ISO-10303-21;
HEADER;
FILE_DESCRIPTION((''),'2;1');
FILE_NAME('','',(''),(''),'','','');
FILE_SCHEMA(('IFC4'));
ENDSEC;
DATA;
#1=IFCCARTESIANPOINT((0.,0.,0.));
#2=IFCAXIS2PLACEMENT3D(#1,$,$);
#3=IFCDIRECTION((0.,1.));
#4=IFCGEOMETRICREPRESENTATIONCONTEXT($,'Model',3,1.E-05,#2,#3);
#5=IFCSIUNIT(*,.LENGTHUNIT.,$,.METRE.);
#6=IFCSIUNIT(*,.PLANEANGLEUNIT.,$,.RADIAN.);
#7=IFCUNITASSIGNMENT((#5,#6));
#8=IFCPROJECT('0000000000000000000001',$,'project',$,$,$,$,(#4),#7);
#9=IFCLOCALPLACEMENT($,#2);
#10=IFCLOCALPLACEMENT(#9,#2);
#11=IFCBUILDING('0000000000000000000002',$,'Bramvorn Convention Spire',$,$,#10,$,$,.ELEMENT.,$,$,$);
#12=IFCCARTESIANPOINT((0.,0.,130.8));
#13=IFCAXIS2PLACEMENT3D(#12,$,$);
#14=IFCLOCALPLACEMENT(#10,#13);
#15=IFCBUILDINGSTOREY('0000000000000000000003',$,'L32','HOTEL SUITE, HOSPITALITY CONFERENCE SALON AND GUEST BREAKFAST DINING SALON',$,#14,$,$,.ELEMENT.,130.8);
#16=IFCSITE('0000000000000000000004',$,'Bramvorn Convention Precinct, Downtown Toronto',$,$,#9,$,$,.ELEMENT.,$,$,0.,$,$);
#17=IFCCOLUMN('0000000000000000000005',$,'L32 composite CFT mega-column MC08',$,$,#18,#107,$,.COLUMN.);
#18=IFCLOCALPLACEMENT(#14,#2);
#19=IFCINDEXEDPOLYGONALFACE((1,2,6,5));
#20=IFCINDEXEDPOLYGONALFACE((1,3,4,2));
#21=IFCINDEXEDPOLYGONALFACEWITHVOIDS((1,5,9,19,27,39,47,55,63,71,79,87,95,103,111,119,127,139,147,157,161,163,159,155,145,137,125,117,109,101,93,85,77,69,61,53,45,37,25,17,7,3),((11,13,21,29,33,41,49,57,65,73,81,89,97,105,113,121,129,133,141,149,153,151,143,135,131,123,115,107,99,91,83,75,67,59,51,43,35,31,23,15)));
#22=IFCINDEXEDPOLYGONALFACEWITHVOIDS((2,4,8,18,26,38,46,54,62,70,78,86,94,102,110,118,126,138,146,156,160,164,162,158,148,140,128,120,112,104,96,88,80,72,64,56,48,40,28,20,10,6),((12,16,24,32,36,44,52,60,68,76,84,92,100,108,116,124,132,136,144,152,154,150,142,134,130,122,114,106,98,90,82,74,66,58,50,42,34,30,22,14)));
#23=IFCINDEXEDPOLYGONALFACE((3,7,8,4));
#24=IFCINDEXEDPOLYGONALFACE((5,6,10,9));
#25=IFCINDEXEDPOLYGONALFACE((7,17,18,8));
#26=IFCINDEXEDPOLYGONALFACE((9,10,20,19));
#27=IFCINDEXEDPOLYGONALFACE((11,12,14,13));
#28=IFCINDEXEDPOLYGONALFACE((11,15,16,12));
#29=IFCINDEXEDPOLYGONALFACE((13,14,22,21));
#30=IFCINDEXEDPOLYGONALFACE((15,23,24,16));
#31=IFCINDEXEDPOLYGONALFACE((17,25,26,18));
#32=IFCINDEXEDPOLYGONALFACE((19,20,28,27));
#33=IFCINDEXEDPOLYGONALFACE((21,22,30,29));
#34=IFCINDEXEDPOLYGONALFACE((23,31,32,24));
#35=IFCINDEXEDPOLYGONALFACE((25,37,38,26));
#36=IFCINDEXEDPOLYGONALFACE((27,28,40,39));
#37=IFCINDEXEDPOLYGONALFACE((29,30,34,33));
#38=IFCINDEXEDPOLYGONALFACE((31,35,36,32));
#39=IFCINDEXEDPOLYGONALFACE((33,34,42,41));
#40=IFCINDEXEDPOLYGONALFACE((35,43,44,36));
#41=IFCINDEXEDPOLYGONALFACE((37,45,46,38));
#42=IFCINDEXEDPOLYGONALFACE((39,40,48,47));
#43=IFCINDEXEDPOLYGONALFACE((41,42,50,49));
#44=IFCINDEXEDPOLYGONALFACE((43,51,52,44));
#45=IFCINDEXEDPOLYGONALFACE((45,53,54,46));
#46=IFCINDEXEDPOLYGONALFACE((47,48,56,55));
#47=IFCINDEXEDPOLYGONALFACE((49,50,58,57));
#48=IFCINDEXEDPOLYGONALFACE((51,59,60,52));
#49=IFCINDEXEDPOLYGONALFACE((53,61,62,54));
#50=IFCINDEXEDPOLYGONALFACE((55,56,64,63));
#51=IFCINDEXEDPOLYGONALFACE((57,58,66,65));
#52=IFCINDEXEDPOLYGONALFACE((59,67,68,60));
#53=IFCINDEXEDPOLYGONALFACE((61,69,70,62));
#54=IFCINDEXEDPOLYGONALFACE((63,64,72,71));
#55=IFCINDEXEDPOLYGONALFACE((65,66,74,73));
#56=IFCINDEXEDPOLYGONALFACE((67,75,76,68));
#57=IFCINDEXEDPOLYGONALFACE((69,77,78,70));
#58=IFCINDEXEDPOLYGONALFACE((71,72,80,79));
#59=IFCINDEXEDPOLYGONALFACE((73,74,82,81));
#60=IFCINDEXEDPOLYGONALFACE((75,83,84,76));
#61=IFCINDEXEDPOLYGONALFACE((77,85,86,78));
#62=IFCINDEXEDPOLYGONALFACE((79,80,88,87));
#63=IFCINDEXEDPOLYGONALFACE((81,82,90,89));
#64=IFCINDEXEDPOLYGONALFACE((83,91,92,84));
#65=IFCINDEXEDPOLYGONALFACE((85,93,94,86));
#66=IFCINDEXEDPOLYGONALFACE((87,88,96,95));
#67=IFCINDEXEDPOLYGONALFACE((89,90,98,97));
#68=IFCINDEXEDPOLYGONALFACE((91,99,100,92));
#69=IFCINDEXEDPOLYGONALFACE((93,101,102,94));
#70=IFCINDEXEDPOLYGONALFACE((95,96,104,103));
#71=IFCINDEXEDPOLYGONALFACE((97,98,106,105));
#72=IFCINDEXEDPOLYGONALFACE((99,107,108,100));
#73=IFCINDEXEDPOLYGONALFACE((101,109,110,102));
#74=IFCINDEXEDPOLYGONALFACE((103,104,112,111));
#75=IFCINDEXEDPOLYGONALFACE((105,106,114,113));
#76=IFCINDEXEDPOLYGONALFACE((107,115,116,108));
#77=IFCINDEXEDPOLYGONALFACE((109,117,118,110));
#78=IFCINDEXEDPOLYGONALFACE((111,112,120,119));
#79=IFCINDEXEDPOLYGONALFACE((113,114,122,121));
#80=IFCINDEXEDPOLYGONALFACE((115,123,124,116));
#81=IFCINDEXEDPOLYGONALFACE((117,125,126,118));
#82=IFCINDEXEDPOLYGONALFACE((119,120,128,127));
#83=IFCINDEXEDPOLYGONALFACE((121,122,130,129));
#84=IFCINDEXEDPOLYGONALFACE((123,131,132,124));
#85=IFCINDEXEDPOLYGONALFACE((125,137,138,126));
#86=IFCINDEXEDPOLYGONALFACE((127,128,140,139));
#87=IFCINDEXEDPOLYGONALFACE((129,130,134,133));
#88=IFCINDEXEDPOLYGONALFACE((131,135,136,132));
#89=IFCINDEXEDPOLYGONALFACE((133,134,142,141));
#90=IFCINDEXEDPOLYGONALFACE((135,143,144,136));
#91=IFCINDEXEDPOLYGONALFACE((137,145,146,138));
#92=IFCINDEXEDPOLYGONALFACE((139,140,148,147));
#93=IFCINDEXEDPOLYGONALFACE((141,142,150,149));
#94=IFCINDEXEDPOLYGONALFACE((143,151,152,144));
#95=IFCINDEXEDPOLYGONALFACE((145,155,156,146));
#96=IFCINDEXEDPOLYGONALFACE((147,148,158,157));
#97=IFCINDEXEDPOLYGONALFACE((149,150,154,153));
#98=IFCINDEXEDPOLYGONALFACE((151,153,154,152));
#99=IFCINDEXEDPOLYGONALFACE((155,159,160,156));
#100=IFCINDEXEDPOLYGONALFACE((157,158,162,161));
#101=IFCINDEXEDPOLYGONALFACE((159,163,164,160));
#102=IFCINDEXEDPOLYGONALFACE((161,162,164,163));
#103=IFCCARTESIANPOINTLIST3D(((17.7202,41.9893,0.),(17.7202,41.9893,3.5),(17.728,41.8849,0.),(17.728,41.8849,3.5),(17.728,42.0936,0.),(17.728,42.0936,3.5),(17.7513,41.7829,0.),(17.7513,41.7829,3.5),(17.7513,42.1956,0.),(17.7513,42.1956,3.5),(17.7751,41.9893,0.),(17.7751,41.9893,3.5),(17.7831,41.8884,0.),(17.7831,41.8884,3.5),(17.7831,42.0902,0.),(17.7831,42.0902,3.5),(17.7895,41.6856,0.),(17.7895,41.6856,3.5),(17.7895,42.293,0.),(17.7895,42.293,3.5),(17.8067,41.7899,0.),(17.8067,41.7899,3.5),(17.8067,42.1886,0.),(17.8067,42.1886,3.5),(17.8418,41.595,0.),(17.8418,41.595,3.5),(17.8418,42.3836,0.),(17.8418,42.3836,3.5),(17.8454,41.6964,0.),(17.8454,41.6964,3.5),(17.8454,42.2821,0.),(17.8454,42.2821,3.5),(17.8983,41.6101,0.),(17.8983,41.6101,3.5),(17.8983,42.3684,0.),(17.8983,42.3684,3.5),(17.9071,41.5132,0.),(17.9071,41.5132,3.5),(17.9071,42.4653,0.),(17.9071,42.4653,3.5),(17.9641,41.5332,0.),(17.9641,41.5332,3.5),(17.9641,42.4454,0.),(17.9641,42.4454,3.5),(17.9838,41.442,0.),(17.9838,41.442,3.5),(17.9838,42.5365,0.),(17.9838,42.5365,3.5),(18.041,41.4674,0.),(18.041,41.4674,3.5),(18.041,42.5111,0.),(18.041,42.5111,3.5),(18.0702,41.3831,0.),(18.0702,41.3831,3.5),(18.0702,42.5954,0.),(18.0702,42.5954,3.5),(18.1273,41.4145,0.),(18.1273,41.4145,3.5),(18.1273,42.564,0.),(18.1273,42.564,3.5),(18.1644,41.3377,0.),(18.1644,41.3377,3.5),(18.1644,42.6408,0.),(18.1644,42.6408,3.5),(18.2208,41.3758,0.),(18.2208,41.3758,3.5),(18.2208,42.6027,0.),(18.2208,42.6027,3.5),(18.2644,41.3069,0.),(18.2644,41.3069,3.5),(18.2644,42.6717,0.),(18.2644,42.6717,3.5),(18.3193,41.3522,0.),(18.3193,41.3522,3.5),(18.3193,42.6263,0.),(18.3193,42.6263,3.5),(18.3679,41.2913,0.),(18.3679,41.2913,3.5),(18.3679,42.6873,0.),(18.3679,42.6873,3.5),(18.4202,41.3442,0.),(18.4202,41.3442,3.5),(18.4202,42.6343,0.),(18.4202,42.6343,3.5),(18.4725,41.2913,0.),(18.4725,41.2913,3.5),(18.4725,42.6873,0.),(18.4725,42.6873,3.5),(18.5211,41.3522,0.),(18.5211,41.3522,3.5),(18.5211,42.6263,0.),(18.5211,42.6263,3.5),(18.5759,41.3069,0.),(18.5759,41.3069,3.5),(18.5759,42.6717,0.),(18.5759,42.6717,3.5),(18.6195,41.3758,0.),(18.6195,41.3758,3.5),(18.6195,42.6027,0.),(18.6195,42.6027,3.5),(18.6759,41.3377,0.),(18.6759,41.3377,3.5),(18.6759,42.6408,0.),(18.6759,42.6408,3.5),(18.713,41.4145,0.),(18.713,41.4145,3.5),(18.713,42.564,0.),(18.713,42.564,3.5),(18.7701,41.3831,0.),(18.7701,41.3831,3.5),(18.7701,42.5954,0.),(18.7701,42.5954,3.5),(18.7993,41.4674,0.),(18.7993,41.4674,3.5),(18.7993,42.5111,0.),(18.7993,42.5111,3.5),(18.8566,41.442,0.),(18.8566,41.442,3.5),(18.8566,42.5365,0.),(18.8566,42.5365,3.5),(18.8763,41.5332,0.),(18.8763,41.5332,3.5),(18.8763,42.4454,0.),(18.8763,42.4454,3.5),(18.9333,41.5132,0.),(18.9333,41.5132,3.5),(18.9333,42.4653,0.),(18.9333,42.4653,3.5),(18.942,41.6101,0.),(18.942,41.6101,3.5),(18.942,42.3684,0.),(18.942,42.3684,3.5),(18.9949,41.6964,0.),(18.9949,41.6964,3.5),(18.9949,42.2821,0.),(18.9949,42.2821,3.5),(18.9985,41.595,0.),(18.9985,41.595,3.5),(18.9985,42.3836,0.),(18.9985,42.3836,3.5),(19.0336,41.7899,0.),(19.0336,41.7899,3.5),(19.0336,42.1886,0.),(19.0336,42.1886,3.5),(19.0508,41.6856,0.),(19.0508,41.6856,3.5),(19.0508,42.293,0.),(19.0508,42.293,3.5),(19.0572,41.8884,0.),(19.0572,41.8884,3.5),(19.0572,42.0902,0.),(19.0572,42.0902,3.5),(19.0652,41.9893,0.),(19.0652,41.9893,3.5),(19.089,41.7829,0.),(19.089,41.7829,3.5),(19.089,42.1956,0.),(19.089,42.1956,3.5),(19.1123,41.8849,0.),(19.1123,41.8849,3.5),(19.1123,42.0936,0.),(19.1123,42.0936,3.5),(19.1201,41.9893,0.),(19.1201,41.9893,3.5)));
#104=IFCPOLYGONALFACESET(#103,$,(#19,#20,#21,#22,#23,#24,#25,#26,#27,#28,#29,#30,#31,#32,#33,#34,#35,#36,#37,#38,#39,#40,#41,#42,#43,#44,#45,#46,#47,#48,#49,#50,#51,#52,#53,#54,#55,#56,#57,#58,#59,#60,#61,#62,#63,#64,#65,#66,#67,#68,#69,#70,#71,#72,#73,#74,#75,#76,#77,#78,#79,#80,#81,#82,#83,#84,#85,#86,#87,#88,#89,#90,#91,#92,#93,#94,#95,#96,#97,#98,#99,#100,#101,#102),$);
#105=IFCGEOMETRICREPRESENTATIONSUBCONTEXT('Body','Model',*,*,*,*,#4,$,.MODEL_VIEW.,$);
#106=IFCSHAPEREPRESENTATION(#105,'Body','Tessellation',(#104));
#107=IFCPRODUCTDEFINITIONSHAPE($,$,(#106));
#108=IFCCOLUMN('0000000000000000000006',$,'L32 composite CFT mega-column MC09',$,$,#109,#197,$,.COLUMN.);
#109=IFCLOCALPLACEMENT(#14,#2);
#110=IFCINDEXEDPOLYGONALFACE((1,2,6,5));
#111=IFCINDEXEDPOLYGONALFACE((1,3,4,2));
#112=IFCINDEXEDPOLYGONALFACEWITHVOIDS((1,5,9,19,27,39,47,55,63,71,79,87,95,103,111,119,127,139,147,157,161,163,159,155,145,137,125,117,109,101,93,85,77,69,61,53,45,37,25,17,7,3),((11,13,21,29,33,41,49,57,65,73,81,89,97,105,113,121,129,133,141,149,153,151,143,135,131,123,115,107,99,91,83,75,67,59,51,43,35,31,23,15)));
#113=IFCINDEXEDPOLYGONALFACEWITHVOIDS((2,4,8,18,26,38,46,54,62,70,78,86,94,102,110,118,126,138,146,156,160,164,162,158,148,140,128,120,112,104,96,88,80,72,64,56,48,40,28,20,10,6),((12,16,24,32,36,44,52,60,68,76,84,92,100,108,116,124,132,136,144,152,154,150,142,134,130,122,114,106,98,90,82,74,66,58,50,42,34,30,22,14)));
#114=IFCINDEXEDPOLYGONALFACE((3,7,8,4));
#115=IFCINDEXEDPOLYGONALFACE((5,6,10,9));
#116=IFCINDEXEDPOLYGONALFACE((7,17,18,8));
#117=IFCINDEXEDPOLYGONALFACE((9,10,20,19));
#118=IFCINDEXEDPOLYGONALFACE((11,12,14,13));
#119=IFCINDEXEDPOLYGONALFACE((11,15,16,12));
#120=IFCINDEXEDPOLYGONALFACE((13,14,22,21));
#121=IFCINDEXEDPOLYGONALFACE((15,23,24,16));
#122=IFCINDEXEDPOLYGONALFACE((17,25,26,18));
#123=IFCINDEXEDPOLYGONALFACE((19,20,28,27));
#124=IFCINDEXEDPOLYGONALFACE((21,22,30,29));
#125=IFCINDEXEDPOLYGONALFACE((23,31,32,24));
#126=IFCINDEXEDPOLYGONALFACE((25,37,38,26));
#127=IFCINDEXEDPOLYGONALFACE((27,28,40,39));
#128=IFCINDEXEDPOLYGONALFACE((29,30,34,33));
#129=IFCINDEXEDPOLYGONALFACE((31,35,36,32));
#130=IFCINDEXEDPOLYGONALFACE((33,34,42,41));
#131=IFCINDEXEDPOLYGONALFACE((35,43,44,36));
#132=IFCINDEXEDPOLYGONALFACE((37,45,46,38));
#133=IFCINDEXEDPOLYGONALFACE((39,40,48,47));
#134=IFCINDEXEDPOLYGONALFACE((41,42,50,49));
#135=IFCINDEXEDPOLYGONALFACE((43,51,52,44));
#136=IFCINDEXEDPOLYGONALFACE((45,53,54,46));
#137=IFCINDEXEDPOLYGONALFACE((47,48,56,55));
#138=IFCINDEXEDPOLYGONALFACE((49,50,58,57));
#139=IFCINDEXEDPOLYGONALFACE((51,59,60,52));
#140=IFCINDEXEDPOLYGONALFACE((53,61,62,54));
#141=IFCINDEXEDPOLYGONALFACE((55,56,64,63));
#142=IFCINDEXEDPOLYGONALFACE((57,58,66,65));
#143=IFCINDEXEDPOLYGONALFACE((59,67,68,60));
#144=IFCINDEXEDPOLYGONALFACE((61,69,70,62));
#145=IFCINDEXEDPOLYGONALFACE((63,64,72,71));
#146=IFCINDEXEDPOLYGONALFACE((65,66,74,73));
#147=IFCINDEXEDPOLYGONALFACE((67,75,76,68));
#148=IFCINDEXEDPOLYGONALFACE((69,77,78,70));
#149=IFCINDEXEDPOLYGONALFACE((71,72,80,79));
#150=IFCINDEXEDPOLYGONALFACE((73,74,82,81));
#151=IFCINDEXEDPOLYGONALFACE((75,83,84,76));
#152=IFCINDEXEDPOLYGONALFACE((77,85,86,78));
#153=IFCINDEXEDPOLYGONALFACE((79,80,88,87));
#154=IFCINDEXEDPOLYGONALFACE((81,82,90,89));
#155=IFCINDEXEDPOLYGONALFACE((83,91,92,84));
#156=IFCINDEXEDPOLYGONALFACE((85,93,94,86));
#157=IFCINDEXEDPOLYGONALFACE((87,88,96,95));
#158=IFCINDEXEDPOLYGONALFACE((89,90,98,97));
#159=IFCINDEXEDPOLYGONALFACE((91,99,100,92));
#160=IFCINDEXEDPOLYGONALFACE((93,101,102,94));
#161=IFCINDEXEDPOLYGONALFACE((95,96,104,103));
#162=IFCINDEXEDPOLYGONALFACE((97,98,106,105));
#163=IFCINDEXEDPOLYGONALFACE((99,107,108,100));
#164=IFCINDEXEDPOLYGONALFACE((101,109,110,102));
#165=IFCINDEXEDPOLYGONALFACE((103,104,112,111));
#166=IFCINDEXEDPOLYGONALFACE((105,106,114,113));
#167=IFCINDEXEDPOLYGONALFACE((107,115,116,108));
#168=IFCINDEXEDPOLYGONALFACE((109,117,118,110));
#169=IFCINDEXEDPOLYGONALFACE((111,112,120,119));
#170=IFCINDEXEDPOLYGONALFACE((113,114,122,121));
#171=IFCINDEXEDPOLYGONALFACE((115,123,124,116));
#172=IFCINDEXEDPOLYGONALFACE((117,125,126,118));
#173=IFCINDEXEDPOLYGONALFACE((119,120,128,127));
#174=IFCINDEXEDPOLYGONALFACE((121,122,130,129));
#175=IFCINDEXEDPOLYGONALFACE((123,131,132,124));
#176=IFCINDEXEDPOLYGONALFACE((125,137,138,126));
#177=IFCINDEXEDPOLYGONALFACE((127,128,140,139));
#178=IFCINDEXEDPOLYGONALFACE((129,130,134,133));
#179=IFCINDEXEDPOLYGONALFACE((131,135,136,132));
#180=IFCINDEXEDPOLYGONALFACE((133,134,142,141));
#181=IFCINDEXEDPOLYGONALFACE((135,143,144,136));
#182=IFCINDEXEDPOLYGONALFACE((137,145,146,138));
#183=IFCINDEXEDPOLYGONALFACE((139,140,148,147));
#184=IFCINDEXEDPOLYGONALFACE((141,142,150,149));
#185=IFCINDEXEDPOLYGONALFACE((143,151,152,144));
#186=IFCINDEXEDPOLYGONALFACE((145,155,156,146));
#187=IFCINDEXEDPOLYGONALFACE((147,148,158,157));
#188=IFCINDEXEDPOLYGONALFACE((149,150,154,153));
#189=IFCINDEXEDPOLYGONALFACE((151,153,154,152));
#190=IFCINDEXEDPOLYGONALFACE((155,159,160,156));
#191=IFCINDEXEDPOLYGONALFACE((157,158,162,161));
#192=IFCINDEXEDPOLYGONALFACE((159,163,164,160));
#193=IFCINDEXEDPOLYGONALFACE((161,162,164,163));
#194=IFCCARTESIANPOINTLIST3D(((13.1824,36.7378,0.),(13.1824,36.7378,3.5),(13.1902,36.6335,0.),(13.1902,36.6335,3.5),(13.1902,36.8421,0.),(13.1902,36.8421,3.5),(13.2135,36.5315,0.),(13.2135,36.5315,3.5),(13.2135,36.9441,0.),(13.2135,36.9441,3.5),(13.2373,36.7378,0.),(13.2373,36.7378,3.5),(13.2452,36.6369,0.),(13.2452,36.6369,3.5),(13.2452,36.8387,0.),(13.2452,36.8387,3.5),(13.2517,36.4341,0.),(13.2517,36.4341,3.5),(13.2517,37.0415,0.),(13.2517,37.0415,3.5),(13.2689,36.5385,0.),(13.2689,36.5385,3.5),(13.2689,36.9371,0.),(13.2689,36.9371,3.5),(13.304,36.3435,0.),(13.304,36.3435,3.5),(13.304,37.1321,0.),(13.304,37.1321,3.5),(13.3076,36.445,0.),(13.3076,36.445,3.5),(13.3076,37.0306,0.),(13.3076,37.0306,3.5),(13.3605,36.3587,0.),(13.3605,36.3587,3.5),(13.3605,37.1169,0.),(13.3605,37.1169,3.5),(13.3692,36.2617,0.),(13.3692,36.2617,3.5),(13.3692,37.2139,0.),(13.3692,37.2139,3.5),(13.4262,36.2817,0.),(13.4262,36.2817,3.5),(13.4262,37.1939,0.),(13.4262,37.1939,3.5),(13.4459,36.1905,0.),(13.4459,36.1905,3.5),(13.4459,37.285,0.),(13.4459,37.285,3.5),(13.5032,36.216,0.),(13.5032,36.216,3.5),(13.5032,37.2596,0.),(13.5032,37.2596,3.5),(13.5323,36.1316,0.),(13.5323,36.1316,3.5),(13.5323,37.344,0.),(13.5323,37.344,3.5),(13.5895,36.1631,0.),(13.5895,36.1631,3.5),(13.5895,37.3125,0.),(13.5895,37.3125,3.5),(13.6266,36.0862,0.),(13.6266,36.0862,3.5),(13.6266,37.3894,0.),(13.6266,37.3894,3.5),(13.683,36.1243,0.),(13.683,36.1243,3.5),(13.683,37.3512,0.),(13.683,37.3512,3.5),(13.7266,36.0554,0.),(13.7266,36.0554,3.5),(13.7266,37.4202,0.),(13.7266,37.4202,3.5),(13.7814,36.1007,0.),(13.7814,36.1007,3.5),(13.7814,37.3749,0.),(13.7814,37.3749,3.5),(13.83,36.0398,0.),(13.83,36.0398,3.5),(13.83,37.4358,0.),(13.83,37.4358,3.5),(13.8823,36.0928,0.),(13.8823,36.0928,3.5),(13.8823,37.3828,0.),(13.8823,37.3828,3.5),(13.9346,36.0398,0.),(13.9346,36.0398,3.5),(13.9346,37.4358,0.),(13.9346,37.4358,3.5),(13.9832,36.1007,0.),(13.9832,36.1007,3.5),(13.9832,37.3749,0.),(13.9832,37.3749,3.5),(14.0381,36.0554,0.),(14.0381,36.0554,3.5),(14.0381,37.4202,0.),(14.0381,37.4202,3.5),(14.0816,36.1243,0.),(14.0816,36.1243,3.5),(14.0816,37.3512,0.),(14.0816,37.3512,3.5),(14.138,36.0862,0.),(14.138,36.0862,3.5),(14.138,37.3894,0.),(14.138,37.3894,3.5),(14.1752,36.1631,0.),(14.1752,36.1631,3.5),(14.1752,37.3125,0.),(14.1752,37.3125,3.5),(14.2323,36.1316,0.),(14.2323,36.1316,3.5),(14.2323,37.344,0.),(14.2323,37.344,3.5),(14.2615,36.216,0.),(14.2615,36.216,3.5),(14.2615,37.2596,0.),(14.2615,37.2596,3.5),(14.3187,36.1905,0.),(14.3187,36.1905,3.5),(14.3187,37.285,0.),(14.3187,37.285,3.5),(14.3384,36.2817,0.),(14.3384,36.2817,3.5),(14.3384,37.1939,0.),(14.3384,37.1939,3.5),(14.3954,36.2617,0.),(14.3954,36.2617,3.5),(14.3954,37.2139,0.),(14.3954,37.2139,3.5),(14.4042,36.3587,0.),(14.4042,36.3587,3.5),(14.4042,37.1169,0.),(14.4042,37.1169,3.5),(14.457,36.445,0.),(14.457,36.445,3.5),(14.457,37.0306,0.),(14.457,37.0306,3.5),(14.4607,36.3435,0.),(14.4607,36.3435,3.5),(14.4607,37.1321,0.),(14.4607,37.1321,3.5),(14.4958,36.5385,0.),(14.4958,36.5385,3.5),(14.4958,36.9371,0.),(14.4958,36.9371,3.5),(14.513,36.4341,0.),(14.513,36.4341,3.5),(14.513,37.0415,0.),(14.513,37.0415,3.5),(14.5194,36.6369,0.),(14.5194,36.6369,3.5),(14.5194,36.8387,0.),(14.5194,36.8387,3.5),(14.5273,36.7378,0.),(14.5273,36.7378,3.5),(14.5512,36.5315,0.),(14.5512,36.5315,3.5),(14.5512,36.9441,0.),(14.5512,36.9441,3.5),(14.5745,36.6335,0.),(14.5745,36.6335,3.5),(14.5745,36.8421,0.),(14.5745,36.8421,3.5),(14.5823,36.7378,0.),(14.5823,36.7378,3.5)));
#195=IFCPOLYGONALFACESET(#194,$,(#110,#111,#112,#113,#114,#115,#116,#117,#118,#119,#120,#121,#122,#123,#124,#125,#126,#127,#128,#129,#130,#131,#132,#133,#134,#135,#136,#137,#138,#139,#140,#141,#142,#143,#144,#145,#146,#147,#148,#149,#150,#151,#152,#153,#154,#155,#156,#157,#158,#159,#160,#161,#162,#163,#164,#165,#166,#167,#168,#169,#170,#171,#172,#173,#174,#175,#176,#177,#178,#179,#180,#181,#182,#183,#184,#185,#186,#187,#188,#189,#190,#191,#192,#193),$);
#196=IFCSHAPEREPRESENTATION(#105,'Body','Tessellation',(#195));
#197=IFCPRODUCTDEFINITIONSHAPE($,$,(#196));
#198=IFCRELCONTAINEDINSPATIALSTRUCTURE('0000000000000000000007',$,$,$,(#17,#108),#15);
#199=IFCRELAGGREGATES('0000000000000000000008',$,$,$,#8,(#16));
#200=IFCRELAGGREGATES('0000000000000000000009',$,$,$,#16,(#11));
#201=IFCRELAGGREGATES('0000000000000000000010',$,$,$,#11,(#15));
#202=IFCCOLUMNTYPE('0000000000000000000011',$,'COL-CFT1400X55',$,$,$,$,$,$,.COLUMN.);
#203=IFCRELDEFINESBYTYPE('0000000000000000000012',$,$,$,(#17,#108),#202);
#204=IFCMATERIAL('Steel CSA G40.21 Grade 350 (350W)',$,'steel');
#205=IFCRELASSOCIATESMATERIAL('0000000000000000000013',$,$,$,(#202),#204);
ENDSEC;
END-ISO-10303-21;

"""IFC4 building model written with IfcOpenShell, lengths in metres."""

from ifc_helpers import new_model, si_unit, direction, frame, origin, origin_2d, place, context, subcontext, project, spatial, hollow_circle, extrude, material, material_profile, profile_set, type_object, element, save


model = new_model("IFC4")

# Units and contexts
model_context = context("Model", 3, precision=1e-05, world=origin(), true_north=direction((0.0, 1.0)))
body_context = subcontext(model_context, "Body", "Model", "MODEL_VIEW")
ifc_project = project(units=[si_unit("LENGTHUNIT", "METRE"), si_unit("PLANEANGLEUNIT", "RADIAN")], contexts=[model_context])

# Site, building, storey
site_placement = place(None, origin())
site = spatial("IfcSite", under=ifc_project, at=site_placement, Name="Bramvorn Convention Precinct, Downtown Toronto", CompositionType="ELEMENT", RefElevation=0.0)
building_placement = place(site_placement, origin())
building = spatial("IfcBuilding", under=site, at=building_placement, Name="Bramvorn Convention Spire", CompositionType="ELEMENT")
storey_placement = place(building_placement, frame((0.0, 0.0, 130.8)))
storey = spatial("IfcBuildingStorey", under=building, at=storey_placement, Name="L32", Description="HOTEL SUITE, HOSPITALITY CONFERENCE SALON AND GUEST BREAKFAST DINING SALON", CompositionType="ELEMENT", Elevation=130.8)

# Columns
ifc_material_1 = material(Name="Steel CSA G40.21 Grade 350 (350W)", Category="steel")
ifc_material_profile_1 = material_profile(ifc_material_1, hollow_circle(Radius=0.7, WallThickness=0.0549, at=origin_2d()))
ifc_profile_set_1 = profile_set([ifc_material_profile_1], Name="Steel CSA G40.21 Grade 350 (350W) - CFT1400X55")
column_type = type_object("IfcColumnType", Name="COL-CFT1400X55", PredefinedType="COLUMN", material=ifc_profile_set_1)
for number, where, z_axis, x_axis, name in (
    (1, (18.4202, 41.9893, 0.0), (0.0, 0.0, 1.0), (1.0, 0.0, 0.0), "L32 composite CFT mega-column MC08"),
    (2, (13.8823, 36.7378, 0.0), (0.0, 0.0, 1.0), (1.0, 0.0, 0.0), "L32 composite CFT mega-column MC09"),
):
    element("IfcColumn", number, at=place(storey_placement, frame(where, z_axis=z_axis, x_axis=x_axis)), inside=storey, type_object=column_type, Name=name, PredefinedType="COLUMN", context=body_context, shape_type="SweptSolid", body=[
        extrude(hollow_circle(Radius=0.7, WallThickness=0.0549, at=origin_2d()), origin(), (0.0, 0.0, 1.0), 3.5),
    ])

save(model, "model.ifc")
